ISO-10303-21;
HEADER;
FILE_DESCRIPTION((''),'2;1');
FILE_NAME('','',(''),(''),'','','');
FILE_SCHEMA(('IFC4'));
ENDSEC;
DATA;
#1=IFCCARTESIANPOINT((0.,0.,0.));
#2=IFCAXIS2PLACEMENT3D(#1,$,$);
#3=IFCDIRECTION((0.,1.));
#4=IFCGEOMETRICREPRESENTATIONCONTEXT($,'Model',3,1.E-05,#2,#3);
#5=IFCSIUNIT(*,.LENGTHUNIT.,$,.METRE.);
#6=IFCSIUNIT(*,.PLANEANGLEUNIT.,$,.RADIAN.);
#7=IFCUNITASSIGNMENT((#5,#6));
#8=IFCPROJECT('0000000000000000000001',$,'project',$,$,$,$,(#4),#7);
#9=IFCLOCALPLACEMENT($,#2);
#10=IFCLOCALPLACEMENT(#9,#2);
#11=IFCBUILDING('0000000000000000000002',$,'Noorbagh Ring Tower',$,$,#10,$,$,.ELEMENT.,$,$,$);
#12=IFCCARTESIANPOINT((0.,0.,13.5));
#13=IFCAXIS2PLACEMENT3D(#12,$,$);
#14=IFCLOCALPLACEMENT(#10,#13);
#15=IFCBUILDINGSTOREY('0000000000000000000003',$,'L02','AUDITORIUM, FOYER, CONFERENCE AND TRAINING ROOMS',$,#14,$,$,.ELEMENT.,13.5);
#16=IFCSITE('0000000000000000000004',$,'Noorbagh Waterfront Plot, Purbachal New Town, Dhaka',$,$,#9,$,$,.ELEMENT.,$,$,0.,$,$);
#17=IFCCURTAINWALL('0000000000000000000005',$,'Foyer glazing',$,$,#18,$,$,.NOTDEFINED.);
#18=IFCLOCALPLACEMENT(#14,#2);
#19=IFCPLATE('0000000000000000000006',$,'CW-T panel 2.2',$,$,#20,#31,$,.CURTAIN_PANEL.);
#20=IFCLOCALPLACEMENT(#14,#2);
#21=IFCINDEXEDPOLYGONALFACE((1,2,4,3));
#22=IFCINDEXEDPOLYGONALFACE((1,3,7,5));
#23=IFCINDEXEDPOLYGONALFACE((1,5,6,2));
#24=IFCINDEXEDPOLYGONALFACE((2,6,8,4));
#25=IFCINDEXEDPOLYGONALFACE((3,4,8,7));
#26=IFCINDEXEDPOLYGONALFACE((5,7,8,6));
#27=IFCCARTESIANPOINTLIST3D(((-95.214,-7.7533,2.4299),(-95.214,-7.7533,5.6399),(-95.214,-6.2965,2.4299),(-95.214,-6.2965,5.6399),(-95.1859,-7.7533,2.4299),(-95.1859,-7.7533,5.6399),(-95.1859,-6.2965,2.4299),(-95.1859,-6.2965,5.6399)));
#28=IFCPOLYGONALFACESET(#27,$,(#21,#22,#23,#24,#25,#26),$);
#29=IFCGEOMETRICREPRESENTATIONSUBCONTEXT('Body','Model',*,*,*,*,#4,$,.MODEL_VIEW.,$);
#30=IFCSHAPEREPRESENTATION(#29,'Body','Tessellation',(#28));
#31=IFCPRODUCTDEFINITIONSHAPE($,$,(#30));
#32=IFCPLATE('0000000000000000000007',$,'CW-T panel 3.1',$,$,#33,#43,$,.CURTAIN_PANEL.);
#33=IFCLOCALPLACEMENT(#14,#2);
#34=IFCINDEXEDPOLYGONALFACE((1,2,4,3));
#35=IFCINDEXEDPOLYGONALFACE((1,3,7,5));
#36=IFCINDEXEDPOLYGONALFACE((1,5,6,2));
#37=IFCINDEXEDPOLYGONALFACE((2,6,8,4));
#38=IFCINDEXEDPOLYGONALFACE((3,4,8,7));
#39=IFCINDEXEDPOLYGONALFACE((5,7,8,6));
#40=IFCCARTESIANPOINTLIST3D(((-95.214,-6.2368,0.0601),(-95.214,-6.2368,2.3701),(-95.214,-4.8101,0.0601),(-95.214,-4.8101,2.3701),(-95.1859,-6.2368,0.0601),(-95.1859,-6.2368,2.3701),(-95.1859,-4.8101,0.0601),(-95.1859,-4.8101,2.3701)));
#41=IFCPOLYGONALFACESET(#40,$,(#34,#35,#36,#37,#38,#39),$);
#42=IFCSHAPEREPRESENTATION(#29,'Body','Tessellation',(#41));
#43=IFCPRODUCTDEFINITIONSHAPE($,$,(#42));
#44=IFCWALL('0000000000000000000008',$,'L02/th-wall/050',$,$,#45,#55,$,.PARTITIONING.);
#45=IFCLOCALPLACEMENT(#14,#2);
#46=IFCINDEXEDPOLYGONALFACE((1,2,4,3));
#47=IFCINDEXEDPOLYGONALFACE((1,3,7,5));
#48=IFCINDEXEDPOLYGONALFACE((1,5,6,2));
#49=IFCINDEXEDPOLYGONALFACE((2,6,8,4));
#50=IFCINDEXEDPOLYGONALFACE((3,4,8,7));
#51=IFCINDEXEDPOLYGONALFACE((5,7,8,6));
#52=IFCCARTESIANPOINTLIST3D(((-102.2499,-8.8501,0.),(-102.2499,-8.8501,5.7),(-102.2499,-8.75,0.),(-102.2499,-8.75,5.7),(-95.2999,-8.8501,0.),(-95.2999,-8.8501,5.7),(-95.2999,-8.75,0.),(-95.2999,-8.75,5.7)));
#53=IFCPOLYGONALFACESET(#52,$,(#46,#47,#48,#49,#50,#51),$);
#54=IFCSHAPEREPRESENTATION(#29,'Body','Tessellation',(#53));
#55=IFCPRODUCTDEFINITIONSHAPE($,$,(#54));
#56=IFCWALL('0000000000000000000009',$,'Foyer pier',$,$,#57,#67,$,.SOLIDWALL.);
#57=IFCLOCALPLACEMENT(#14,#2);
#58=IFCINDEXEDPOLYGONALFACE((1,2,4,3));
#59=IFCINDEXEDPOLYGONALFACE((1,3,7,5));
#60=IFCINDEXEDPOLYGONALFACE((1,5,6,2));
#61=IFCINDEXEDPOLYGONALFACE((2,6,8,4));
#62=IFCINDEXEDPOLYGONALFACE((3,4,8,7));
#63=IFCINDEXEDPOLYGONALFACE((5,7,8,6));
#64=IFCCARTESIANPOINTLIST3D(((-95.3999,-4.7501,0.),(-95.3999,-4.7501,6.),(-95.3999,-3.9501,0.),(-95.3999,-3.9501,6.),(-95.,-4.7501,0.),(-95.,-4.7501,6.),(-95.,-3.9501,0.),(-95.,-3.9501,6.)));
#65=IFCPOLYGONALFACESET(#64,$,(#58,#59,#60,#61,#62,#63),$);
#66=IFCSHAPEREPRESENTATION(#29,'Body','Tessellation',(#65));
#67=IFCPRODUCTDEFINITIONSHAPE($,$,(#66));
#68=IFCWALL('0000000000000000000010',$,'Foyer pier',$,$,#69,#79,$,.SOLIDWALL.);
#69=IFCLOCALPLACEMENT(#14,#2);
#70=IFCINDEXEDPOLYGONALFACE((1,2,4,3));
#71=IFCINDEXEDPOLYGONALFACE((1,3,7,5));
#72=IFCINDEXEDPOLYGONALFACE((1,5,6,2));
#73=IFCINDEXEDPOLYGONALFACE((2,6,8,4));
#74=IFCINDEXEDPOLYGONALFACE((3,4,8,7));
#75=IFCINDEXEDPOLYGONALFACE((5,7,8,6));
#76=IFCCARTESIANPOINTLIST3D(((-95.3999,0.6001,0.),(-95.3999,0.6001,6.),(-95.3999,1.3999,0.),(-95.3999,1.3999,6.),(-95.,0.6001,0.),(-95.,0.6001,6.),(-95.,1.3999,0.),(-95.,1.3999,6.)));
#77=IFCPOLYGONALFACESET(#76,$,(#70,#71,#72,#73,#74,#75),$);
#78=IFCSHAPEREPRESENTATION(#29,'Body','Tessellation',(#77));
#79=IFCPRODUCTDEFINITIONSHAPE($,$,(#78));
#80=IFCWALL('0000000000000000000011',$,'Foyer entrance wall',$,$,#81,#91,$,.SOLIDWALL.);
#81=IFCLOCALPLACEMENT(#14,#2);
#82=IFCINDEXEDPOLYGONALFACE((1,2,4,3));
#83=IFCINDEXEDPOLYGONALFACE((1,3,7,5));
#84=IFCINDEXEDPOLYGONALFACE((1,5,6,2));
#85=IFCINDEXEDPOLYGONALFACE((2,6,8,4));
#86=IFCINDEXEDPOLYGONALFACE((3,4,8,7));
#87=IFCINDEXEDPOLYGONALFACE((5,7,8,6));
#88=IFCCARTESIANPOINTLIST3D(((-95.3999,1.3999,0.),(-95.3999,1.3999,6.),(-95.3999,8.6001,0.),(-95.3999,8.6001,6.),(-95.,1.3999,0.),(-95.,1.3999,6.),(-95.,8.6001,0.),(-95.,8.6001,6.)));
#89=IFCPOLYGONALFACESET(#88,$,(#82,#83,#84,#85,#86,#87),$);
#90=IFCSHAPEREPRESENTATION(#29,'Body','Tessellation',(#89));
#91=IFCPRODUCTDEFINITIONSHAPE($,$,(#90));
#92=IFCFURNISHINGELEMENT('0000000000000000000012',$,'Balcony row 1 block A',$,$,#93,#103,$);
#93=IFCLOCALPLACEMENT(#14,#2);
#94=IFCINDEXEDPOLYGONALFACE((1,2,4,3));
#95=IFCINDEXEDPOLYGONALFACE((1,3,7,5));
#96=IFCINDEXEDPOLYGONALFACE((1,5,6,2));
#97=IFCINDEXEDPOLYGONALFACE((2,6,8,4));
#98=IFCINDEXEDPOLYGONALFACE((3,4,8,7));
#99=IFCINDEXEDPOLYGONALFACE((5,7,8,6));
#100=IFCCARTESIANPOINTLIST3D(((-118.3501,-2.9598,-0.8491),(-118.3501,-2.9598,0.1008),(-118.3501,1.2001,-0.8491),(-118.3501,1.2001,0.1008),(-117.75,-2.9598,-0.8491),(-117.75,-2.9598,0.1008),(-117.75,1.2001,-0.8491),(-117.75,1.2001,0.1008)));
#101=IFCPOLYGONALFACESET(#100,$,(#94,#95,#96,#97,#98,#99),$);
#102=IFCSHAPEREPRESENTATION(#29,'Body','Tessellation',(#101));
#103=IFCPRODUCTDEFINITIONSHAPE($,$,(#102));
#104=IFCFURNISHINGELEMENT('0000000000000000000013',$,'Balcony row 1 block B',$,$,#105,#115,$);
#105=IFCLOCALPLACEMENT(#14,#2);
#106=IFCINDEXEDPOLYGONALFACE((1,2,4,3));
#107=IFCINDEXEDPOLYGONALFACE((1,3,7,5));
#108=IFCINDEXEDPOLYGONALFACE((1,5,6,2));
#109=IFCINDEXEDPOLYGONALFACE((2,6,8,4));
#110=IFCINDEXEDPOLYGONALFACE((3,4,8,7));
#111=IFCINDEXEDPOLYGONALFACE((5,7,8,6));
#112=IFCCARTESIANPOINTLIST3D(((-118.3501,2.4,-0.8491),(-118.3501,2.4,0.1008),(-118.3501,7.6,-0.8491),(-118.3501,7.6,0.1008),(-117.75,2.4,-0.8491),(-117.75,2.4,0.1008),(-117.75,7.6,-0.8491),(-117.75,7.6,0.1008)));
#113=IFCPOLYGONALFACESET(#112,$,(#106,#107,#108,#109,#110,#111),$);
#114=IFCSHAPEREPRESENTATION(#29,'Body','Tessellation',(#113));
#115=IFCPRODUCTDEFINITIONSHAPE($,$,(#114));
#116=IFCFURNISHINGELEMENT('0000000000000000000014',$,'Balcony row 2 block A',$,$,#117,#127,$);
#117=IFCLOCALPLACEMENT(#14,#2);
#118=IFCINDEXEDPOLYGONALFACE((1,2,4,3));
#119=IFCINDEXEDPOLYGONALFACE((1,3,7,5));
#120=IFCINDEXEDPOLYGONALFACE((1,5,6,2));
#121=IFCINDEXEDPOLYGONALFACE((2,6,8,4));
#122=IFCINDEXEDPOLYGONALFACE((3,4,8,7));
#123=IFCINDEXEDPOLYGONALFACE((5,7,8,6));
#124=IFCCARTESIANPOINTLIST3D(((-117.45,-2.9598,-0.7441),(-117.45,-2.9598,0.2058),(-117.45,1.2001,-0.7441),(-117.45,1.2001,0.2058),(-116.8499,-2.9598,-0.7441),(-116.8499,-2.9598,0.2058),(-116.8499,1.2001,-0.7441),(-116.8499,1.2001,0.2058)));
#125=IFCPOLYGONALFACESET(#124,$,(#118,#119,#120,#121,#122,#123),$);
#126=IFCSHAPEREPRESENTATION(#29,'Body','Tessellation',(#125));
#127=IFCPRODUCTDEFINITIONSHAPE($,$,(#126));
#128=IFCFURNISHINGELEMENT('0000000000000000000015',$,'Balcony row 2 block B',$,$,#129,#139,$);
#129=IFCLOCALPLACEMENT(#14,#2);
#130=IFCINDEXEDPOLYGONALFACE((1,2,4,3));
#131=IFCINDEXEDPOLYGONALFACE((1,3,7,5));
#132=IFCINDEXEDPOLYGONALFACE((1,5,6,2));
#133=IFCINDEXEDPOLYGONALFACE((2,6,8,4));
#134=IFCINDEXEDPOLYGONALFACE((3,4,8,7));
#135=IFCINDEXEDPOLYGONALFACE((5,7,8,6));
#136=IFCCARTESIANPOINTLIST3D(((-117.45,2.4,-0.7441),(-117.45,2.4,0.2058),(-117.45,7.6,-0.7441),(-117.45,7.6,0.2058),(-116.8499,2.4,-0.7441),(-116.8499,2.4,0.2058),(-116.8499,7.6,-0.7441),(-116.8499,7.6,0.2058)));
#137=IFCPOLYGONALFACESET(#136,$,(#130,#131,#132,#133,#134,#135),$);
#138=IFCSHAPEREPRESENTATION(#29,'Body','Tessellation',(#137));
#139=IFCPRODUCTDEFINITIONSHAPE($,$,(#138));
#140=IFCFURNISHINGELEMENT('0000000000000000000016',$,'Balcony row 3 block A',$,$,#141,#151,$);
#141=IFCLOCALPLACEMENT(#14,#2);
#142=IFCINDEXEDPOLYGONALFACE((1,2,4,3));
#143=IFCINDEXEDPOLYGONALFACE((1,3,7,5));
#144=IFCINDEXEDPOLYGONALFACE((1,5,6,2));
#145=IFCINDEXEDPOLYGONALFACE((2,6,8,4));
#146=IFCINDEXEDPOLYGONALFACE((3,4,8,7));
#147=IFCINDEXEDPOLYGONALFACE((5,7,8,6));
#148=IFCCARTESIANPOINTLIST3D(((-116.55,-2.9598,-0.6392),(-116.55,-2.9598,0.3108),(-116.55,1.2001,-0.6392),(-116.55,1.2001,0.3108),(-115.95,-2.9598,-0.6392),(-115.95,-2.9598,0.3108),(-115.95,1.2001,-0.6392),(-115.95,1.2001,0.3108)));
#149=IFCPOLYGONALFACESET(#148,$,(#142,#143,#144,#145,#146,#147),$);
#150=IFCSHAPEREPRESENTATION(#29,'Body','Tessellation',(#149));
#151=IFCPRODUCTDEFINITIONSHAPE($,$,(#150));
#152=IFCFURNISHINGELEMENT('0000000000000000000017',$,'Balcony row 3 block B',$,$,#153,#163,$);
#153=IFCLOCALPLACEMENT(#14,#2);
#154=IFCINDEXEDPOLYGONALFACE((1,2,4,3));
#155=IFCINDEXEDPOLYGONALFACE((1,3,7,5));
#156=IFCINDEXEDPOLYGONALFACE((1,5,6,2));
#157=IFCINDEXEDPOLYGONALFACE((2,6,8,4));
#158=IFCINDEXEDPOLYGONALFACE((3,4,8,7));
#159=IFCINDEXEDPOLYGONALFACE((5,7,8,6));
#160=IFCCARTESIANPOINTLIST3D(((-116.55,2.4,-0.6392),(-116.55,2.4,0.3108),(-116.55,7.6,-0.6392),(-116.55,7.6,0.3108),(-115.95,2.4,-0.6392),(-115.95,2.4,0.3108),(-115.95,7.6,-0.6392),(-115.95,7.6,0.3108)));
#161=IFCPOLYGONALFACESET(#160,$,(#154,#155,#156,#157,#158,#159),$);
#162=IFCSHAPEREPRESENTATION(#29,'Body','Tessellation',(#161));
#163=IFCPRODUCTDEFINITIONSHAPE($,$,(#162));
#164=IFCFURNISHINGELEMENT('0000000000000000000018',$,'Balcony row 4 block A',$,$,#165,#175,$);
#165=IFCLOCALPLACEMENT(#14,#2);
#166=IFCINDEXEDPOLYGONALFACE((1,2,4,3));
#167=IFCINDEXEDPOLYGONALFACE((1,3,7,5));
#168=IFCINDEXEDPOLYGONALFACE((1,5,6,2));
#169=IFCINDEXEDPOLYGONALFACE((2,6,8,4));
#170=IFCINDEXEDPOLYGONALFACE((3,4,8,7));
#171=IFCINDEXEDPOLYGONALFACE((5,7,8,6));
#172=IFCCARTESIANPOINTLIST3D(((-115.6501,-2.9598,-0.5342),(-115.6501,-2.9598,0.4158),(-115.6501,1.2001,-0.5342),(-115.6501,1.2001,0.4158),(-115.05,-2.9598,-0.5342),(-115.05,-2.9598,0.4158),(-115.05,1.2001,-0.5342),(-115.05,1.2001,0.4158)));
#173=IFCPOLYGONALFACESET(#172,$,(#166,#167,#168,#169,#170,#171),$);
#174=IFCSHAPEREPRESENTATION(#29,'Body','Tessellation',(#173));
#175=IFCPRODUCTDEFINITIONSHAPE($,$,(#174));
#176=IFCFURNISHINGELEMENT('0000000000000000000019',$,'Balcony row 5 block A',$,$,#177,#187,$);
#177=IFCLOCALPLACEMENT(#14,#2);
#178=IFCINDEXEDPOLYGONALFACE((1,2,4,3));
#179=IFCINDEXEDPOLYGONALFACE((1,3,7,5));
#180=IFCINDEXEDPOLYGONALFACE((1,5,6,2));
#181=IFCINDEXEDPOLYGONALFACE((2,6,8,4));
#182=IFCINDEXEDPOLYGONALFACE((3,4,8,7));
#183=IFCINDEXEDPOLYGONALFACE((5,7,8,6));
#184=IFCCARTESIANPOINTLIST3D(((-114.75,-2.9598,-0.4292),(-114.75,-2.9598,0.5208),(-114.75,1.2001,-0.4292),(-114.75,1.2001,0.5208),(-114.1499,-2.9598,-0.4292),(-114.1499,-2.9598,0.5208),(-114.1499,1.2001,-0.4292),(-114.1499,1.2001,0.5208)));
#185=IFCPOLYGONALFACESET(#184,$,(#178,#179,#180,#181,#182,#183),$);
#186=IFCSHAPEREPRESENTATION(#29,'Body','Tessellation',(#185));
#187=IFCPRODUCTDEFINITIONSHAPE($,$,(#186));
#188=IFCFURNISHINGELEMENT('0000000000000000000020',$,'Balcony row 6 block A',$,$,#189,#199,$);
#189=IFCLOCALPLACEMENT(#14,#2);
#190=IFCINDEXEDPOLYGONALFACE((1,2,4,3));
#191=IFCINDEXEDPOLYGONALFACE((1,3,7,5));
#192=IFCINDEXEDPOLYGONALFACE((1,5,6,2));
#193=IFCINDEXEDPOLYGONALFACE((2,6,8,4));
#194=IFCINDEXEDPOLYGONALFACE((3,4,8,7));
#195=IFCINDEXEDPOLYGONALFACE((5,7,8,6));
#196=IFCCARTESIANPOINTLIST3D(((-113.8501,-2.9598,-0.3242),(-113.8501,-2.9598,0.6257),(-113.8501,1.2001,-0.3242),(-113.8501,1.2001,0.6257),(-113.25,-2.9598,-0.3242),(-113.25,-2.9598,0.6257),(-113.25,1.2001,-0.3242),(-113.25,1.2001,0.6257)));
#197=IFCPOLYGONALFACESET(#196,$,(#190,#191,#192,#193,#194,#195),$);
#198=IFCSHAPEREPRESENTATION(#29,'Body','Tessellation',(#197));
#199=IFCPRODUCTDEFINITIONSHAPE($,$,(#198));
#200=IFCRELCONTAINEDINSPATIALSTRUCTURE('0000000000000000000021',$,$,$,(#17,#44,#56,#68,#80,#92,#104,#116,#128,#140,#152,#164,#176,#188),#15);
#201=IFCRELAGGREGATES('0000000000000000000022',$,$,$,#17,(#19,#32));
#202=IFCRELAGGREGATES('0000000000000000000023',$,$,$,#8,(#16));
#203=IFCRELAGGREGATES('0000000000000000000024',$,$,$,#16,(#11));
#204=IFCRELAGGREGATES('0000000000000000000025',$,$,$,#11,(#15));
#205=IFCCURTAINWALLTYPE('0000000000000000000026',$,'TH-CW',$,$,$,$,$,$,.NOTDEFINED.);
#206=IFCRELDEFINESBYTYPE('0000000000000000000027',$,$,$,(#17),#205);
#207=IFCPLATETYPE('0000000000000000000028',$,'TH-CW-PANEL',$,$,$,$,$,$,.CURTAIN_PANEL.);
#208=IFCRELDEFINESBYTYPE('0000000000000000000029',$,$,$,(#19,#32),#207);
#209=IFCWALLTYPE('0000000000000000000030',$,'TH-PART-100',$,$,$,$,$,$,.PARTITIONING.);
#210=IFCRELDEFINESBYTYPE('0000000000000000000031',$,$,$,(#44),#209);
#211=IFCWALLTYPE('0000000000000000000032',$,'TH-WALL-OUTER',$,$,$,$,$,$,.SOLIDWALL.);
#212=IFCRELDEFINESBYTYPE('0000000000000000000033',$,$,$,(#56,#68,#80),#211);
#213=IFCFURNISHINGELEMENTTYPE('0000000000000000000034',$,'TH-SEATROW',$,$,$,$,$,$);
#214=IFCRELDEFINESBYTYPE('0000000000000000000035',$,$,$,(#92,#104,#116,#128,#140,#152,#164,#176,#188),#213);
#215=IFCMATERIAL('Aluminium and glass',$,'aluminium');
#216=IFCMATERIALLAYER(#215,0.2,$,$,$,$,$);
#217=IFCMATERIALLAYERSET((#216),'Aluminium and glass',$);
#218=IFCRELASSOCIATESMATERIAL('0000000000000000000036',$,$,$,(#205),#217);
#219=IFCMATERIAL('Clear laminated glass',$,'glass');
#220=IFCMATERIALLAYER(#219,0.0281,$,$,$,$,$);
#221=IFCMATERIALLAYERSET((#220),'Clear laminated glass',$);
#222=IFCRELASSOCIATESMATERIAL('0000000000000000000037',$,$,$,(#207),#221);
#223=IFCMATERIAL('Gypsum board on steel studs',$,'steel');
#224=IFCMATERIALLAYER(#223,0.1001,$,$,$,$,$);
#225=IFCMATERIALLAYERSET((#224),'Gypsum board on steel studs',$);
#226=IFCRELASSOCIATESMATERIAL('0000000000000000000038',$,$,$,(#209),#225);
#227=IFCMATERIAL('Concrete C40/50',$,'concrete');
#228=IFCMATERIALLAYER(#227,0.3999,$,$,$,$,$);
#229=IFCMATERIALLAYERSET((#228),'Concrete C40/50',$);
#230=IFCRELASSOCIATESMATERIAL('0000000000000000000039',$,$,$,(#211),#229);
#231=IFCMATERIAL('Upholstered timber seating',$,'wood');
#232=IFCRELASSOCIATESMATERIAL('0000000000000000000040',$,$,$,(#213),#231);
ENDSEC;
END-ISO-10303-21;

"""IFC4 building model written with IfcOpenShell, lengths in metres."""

from ifc_helpers import new_model, si_unit, direction, frame, frame_2d, origin, origin_2d, place, context, subcontext, project, spatial, rectangle, extrude, material, layer, layer_set, type_object, element, aggregate, save


model = new_model("IFC4")

# Units and contexts
model_context = context("Model", 3, precision=1e-05, world=origin(), true_north=direction((0.0, 1.0)))
body_context = subcontext(model_context, "Body", "Model", "MODEL_VIEW")
ifc_project = project(units=[si_unit("LENGTHUNIT", "METRE"), si_unit("PLANEANGLEUNIT", "RADIAN")], contexts=[model_context])

# Site, building, storey
site_placement = place(None, origin())
site = spatial("IfcSite", under=ifc_project, at=site_placement, Name="Noorbagh Waterfront Plot, Purbachal New Town, Dhaka", CompositionType="ELEMENT", RefElevation=0.0)
building_placement = place(site_placement, origin())
building = spatial("IfcBuilding", under=site, at=building_placement, Name="Noorbagh Ring Tower", CompositionType="ELEMENT")
storey_placement = place(building_placement, frame((0.0, 0.0, 13.5)))
storey = spatial("IfcBuildingStorey", under=building, at=storey_placement, Name="L02", Description="AUDITORIUM, FOYER, CONFERENCE AND TRAINING ROOMS", CompositionType="ELEMENT", Elevation=13.5)

# Curtain wall, plates
ifc_material_1 = material(Name="Aluminium and glass", Category="aluminium")
ifc_layer_1 = layer(ifc_material_1, 0.2)
ifc_layer_set_1 = layer_set([ifc_layer_1], Name="Aluminium and glass")
curtain_wall_type = type_object("IfcCurtainWallType", Name="TH-CW", PredefinedType="NOTDEFINED", material=ifc_layer_set_1)
curtain_wall_placement = place(storey_placement, origin())
curtain_wall = element("IfcCurtainWall", 1, at=curtain_wall_placement, inside=storey, type_object=curtain_wall_type, Name="Foyer glazing", PredefinedType="NOTDEFINED")
ifc_material_2 = material(Name="Clear laminated glass", Category="glass")
ifc_layer_2 = layer(ifc_material_2, 0.0281)
ifc_layer_set_2 = layer_set([ifc_layer_2], Name="Clear laminated glass")
plate_type = type_object("IfcPlateType", Name="TH-CW-PANEL", PredefinedType="CURTAIN_PANEL", material=ifc_layer_set_2)
plate_1_placement = place(storey_placement, frame((-95.2, -7.0249, 2.4299), z_axis=(0.0, 0.0, 1.0), x_axis=(0.0, 1.0, 0.0)))
plate_1 = element("IfcPlate", 2, at=plate_1_placement, type_object=plate_type, Name="CW-T panel 2.2", PredefinedType="CURTAIN_PANEL", context=body_context, shape_type="SweptSolid", body=[
    extrude(rectangle(XDim=1.4568, YDim=0.0281, at=origin_2d()), origin(), (0.0, 0.0, 1.0), 3.21),
])
plate_2_placement = place(storey_placement, frame((-95.2, -5.5234, 0.0601), z_axis=(0.0, 0.0, 1.0), x_axis=(0.0, 1.0, 0.0)))
plate_2 = element("IfcPlate", 3, at=plate_2_placement, type_object=plate_type, Name="CW-T panel 3.1", PredefinedType="CURTAIN_PANEL", context=body_context, shape_type="SweptSolid", body=[
    extrude(rectangle(XDim=1.4268, YDim=0.0281, at=origin_2d()), origin(), (0.0, 0.0, 1.0), 2.3101),
])
aggregate(curtain_wall, [plate_1, plate_2])

# Walls
ifc_material_3 = material(Name="Gypsum board on steel studs", Category="steel")
ifc_layer_3 = layer(ifc_material_3, 0.1001)
ifc_layer_set_3 = layer_set([ifc_layer_3], Name="Gypsum board on steel studs")
wall_type_1 = type_object("IfcWallType", Name="TH-PART-100", PredefinedType="PARTITIONING", material=ifc_layer_set_3)
wall_1_placement = place(storey_placement, frame((-102.25, -8.8, 0.0), z_axis=(0.0, 0.0, 1.0), x_axis=(1.0, 0.0, 0.0)))
element("IfcWall", 4, at=wall_1_placement, inside=storey, type_object=wall_type_1, Name="L02/th-wall/050", PredefinedType="PARTITIONING", context=body_context, shape_type="SweptSolid", body=[
    extrude(rectangle(XDim=6.95, YDim=0.1001, at=frame_2d((3.4751, 0.0))), origin(), (0.0, 0.0, 1.0), 5.7),
])
ifc_material_4 = material(Name="Concrete C40/50", Category="concrete")
ifc_layer_4 = layer(ifc_material_4, 0.3999)
ifc_layer_set_4 = layer_set([ifc_layer_4], Name="Concrete C40/50")
wall_type_2 = type_object("IfcWallType", Name="TH-WALL-OUTER", PredefinedType="SOLIDWALL", material=ifc_layer_set_4)
wall_2_placement = place(storey_placement, frame((-95.2, -4.75, 0.0), z_axis=(0.0, 0.0, 1.0), x_axis=(0.0, 1.0, 0.0)))
element("IfcWall", 5, at=wall_2_placement, inside=storey, type_object=wall_type_2, Name="Foyer pier", PredefinedType="SOLIDWALL", context=body_context, shape_type="SweptSolid", body=[
    extrude(rectangle(XDim=0.8, YDim=0.3999, at=frame_2d((0.3999, 0.0))), origin(), (0.0, 0.0, 1.0), 6.0),
])
wall_3_placement = place(storey_placement, frame((-95.2, 0.6001, 0.0), z_axis=(0.0, 0.0, 1.0), x_axis=(0.0, 1.0, 0.0)))
element("IfcWall", 6, at=wall_3_placement, inside=storey, type_object=wall_type_2, Name="Foyer pier", PredefinedType="SOLIDWALL", context=body_context, shape_type="SweptSolid", body=[
    extrude(rectangle(XDim=0.7998, YDim=0.3999, at=frame_2d((0.3999, 0.0))), origin(), (0.0, 0.0, 1.0), 6.0),
])
wall_4_placement = place(storey_placement, frame((-95.2, 1.3999, 0.0), z_axis=(0.0, 0.0, 1.0), x_axis=(0.0, 1.0, 0.0)))
element("IfcWall", 7, at=wall_4_placement, inside=storey, type_object=wall_type_2, Name="Foyer entrance wall", PredefinedType="SOLIDWALL", context=body_context, shape_type="SweptSolid", body=[
    extrude(rectangle(XDim=7.2002, YDim=0.3999, at=frame_2d((3.6001, 0.0))), origin(), (0.0, 0.0, 1.0), 6.0),
])

# Furnishing elements
ifc_material_5 = material(Name="Upholstered timber seating", Category="wood")
furnishing_element_type = type_object("IfcFurnishingElementType", Name="TH-SEATROW", material=ifc_material_5)
furnishing_1_placement = place(storey_placement, frame((-118.05, -0.8799, -0.8491), z_axis=(0.0, 0.0, 1.0), x_axis=(1.0, 0.0, 0.0)))
element("IfcFurnishingElement", 8, at=furnishing_1_placement, inside=storey, type_object=furnishing_element_type, Name="Balcony row 1 block A", context=body_context, shape_type="SweptSolid", body=[
    extrude(rectangle(XDim=0.6001, YDim=4.1599, at=origin_2d()), origin(), (0.0, 0.0, 1.0), 0.95),
])
furnishing_2_placement = place(storey_placement, frame((-118.05, 5.0, -0.8491), z_axis=(0.0, 0.0, 1.0), x_axis=(1.0, 0.0, 0.0)))
element("IfcFurnishingElement", 9, at=furnishing_2_placement, inside=storey, type_object=furnishing_element_type, Name="Balcony row 1 block B", context=body_context, shape_type="SweptSolid", body=[
    extrude(rectangle(XDim=0.6001, YDim=5.2, at=origin_2d()), origin(), (0.0, 0.0, 1.0), 0.95),
])
furnishing_3_placement = place(storey_placement, frame((-117.1499, -0.8799, -0.7441), z_axis=(0.0, 0.0, 1.0), x_axis=(1.0, 0.0, 0.0)))
element("IfcFurnishingElement", 10, at=furnishing_3_placement, inside=storey, type_object=furnishing_element_type, Name="Balcony row 2 block A", context=body_context, shape_type="SweptSolid", body=[
    extrude(rectangle(XDim=0.6001, YDim=4.1599, at=origin_2d()), origin(), (0.0, 0.0, 1.0), 0.95),
])
furnishing_4_placement = place(storey_placement, frame((-117.1499, 5.0, -0.7441), z_axis=(0.0, 0.0, 1.0), x_axis=(1.0, 0.0, 0.0)))
element("IfcFurnishingElement", 11, at=furnishing_4_placement, inside=storey, type_object=furnishing_element_type, Name="Balcony row 2 block B", context=body_context, shape_type="SweptSolid", body=[
    extrude(rectangle(XDim=0.6001, YDim=5.2, at=origin_2d()), origin(), (0.0, 0.0, 1.0), 0.95),
])
furnishing_5_placement = place(storey_placement, frame((-116.25, -0.8799, -0.6392), z_axis=(0.0, 0.0, 1.0), x_axis=(1.0, 0.0, 0.0)))
element("IfcFurnishingElement", 12, at=furnishing_5_placement, inside=storey, type_object=furnishing_element_type, Name="Balcony row 3 block A", context=body_context, shape_type="SweptSolid", body=[
    extrude(rectangle(XDim=0.6001, YDim=4.1599, at=origin_2d()), origin(), (0.0, 0.0, 1.0), 0.95),
])
furnishing_6_placement = place(storey_placement, frame((-116.25, 5.0, -0.6392), z_axis=(0.0, 0.0, 1.0), x_axis=(1.0, 0.0, 0.0)))
element("IfcFurnishingElement", 13, at=furnishing_6_placement, inside=storey, type_object=furnishing_element_type, Name="Balcony row 3 block B", context=body_context, shape_type="SweptSolid", body=[
    extrude(rectangle(XDim=0.6001, YDim=5.2, at=origin_2d()), origin(), (0.0, 0.0, 1.0), 0.95),
])
for number, where, z_axis, x_axis, name in (
    (14, (-115.3501, -0.8799, -0.5342), (0.0, 0.0, 1.0), (1.0, 0.0, 0.0), "Balcony row 4 block A"),
    (15, (-114.45, -0.8799, -0.4292), (0.0, 0.0, 1.0), (1.0, 0.0, 0.0), "Balcony row 5 block A"),
    (16, (-113.55, -0.8799, -0.3242), (0.0, 0.0, 1.0), (1.0, 0.0, 0.0), "Balcony row 6 block A"),
):
    element("IfcFurnishingElement", number, at=place(storey_placement, frame(where, z_axis=z_axis, x_axis=x_axis)), inside=storey, type_object=furnishing_element_type, Name=name, context=body_context, shape_type="SweptSolid", body=[
        extrude(rectangle(XDim=0.6001, YDim=4.1599, at=origin_2d()), origin(), (0.0, 0.0, 1.0), 0.95),
    ])

save(model, "model.ifc")
